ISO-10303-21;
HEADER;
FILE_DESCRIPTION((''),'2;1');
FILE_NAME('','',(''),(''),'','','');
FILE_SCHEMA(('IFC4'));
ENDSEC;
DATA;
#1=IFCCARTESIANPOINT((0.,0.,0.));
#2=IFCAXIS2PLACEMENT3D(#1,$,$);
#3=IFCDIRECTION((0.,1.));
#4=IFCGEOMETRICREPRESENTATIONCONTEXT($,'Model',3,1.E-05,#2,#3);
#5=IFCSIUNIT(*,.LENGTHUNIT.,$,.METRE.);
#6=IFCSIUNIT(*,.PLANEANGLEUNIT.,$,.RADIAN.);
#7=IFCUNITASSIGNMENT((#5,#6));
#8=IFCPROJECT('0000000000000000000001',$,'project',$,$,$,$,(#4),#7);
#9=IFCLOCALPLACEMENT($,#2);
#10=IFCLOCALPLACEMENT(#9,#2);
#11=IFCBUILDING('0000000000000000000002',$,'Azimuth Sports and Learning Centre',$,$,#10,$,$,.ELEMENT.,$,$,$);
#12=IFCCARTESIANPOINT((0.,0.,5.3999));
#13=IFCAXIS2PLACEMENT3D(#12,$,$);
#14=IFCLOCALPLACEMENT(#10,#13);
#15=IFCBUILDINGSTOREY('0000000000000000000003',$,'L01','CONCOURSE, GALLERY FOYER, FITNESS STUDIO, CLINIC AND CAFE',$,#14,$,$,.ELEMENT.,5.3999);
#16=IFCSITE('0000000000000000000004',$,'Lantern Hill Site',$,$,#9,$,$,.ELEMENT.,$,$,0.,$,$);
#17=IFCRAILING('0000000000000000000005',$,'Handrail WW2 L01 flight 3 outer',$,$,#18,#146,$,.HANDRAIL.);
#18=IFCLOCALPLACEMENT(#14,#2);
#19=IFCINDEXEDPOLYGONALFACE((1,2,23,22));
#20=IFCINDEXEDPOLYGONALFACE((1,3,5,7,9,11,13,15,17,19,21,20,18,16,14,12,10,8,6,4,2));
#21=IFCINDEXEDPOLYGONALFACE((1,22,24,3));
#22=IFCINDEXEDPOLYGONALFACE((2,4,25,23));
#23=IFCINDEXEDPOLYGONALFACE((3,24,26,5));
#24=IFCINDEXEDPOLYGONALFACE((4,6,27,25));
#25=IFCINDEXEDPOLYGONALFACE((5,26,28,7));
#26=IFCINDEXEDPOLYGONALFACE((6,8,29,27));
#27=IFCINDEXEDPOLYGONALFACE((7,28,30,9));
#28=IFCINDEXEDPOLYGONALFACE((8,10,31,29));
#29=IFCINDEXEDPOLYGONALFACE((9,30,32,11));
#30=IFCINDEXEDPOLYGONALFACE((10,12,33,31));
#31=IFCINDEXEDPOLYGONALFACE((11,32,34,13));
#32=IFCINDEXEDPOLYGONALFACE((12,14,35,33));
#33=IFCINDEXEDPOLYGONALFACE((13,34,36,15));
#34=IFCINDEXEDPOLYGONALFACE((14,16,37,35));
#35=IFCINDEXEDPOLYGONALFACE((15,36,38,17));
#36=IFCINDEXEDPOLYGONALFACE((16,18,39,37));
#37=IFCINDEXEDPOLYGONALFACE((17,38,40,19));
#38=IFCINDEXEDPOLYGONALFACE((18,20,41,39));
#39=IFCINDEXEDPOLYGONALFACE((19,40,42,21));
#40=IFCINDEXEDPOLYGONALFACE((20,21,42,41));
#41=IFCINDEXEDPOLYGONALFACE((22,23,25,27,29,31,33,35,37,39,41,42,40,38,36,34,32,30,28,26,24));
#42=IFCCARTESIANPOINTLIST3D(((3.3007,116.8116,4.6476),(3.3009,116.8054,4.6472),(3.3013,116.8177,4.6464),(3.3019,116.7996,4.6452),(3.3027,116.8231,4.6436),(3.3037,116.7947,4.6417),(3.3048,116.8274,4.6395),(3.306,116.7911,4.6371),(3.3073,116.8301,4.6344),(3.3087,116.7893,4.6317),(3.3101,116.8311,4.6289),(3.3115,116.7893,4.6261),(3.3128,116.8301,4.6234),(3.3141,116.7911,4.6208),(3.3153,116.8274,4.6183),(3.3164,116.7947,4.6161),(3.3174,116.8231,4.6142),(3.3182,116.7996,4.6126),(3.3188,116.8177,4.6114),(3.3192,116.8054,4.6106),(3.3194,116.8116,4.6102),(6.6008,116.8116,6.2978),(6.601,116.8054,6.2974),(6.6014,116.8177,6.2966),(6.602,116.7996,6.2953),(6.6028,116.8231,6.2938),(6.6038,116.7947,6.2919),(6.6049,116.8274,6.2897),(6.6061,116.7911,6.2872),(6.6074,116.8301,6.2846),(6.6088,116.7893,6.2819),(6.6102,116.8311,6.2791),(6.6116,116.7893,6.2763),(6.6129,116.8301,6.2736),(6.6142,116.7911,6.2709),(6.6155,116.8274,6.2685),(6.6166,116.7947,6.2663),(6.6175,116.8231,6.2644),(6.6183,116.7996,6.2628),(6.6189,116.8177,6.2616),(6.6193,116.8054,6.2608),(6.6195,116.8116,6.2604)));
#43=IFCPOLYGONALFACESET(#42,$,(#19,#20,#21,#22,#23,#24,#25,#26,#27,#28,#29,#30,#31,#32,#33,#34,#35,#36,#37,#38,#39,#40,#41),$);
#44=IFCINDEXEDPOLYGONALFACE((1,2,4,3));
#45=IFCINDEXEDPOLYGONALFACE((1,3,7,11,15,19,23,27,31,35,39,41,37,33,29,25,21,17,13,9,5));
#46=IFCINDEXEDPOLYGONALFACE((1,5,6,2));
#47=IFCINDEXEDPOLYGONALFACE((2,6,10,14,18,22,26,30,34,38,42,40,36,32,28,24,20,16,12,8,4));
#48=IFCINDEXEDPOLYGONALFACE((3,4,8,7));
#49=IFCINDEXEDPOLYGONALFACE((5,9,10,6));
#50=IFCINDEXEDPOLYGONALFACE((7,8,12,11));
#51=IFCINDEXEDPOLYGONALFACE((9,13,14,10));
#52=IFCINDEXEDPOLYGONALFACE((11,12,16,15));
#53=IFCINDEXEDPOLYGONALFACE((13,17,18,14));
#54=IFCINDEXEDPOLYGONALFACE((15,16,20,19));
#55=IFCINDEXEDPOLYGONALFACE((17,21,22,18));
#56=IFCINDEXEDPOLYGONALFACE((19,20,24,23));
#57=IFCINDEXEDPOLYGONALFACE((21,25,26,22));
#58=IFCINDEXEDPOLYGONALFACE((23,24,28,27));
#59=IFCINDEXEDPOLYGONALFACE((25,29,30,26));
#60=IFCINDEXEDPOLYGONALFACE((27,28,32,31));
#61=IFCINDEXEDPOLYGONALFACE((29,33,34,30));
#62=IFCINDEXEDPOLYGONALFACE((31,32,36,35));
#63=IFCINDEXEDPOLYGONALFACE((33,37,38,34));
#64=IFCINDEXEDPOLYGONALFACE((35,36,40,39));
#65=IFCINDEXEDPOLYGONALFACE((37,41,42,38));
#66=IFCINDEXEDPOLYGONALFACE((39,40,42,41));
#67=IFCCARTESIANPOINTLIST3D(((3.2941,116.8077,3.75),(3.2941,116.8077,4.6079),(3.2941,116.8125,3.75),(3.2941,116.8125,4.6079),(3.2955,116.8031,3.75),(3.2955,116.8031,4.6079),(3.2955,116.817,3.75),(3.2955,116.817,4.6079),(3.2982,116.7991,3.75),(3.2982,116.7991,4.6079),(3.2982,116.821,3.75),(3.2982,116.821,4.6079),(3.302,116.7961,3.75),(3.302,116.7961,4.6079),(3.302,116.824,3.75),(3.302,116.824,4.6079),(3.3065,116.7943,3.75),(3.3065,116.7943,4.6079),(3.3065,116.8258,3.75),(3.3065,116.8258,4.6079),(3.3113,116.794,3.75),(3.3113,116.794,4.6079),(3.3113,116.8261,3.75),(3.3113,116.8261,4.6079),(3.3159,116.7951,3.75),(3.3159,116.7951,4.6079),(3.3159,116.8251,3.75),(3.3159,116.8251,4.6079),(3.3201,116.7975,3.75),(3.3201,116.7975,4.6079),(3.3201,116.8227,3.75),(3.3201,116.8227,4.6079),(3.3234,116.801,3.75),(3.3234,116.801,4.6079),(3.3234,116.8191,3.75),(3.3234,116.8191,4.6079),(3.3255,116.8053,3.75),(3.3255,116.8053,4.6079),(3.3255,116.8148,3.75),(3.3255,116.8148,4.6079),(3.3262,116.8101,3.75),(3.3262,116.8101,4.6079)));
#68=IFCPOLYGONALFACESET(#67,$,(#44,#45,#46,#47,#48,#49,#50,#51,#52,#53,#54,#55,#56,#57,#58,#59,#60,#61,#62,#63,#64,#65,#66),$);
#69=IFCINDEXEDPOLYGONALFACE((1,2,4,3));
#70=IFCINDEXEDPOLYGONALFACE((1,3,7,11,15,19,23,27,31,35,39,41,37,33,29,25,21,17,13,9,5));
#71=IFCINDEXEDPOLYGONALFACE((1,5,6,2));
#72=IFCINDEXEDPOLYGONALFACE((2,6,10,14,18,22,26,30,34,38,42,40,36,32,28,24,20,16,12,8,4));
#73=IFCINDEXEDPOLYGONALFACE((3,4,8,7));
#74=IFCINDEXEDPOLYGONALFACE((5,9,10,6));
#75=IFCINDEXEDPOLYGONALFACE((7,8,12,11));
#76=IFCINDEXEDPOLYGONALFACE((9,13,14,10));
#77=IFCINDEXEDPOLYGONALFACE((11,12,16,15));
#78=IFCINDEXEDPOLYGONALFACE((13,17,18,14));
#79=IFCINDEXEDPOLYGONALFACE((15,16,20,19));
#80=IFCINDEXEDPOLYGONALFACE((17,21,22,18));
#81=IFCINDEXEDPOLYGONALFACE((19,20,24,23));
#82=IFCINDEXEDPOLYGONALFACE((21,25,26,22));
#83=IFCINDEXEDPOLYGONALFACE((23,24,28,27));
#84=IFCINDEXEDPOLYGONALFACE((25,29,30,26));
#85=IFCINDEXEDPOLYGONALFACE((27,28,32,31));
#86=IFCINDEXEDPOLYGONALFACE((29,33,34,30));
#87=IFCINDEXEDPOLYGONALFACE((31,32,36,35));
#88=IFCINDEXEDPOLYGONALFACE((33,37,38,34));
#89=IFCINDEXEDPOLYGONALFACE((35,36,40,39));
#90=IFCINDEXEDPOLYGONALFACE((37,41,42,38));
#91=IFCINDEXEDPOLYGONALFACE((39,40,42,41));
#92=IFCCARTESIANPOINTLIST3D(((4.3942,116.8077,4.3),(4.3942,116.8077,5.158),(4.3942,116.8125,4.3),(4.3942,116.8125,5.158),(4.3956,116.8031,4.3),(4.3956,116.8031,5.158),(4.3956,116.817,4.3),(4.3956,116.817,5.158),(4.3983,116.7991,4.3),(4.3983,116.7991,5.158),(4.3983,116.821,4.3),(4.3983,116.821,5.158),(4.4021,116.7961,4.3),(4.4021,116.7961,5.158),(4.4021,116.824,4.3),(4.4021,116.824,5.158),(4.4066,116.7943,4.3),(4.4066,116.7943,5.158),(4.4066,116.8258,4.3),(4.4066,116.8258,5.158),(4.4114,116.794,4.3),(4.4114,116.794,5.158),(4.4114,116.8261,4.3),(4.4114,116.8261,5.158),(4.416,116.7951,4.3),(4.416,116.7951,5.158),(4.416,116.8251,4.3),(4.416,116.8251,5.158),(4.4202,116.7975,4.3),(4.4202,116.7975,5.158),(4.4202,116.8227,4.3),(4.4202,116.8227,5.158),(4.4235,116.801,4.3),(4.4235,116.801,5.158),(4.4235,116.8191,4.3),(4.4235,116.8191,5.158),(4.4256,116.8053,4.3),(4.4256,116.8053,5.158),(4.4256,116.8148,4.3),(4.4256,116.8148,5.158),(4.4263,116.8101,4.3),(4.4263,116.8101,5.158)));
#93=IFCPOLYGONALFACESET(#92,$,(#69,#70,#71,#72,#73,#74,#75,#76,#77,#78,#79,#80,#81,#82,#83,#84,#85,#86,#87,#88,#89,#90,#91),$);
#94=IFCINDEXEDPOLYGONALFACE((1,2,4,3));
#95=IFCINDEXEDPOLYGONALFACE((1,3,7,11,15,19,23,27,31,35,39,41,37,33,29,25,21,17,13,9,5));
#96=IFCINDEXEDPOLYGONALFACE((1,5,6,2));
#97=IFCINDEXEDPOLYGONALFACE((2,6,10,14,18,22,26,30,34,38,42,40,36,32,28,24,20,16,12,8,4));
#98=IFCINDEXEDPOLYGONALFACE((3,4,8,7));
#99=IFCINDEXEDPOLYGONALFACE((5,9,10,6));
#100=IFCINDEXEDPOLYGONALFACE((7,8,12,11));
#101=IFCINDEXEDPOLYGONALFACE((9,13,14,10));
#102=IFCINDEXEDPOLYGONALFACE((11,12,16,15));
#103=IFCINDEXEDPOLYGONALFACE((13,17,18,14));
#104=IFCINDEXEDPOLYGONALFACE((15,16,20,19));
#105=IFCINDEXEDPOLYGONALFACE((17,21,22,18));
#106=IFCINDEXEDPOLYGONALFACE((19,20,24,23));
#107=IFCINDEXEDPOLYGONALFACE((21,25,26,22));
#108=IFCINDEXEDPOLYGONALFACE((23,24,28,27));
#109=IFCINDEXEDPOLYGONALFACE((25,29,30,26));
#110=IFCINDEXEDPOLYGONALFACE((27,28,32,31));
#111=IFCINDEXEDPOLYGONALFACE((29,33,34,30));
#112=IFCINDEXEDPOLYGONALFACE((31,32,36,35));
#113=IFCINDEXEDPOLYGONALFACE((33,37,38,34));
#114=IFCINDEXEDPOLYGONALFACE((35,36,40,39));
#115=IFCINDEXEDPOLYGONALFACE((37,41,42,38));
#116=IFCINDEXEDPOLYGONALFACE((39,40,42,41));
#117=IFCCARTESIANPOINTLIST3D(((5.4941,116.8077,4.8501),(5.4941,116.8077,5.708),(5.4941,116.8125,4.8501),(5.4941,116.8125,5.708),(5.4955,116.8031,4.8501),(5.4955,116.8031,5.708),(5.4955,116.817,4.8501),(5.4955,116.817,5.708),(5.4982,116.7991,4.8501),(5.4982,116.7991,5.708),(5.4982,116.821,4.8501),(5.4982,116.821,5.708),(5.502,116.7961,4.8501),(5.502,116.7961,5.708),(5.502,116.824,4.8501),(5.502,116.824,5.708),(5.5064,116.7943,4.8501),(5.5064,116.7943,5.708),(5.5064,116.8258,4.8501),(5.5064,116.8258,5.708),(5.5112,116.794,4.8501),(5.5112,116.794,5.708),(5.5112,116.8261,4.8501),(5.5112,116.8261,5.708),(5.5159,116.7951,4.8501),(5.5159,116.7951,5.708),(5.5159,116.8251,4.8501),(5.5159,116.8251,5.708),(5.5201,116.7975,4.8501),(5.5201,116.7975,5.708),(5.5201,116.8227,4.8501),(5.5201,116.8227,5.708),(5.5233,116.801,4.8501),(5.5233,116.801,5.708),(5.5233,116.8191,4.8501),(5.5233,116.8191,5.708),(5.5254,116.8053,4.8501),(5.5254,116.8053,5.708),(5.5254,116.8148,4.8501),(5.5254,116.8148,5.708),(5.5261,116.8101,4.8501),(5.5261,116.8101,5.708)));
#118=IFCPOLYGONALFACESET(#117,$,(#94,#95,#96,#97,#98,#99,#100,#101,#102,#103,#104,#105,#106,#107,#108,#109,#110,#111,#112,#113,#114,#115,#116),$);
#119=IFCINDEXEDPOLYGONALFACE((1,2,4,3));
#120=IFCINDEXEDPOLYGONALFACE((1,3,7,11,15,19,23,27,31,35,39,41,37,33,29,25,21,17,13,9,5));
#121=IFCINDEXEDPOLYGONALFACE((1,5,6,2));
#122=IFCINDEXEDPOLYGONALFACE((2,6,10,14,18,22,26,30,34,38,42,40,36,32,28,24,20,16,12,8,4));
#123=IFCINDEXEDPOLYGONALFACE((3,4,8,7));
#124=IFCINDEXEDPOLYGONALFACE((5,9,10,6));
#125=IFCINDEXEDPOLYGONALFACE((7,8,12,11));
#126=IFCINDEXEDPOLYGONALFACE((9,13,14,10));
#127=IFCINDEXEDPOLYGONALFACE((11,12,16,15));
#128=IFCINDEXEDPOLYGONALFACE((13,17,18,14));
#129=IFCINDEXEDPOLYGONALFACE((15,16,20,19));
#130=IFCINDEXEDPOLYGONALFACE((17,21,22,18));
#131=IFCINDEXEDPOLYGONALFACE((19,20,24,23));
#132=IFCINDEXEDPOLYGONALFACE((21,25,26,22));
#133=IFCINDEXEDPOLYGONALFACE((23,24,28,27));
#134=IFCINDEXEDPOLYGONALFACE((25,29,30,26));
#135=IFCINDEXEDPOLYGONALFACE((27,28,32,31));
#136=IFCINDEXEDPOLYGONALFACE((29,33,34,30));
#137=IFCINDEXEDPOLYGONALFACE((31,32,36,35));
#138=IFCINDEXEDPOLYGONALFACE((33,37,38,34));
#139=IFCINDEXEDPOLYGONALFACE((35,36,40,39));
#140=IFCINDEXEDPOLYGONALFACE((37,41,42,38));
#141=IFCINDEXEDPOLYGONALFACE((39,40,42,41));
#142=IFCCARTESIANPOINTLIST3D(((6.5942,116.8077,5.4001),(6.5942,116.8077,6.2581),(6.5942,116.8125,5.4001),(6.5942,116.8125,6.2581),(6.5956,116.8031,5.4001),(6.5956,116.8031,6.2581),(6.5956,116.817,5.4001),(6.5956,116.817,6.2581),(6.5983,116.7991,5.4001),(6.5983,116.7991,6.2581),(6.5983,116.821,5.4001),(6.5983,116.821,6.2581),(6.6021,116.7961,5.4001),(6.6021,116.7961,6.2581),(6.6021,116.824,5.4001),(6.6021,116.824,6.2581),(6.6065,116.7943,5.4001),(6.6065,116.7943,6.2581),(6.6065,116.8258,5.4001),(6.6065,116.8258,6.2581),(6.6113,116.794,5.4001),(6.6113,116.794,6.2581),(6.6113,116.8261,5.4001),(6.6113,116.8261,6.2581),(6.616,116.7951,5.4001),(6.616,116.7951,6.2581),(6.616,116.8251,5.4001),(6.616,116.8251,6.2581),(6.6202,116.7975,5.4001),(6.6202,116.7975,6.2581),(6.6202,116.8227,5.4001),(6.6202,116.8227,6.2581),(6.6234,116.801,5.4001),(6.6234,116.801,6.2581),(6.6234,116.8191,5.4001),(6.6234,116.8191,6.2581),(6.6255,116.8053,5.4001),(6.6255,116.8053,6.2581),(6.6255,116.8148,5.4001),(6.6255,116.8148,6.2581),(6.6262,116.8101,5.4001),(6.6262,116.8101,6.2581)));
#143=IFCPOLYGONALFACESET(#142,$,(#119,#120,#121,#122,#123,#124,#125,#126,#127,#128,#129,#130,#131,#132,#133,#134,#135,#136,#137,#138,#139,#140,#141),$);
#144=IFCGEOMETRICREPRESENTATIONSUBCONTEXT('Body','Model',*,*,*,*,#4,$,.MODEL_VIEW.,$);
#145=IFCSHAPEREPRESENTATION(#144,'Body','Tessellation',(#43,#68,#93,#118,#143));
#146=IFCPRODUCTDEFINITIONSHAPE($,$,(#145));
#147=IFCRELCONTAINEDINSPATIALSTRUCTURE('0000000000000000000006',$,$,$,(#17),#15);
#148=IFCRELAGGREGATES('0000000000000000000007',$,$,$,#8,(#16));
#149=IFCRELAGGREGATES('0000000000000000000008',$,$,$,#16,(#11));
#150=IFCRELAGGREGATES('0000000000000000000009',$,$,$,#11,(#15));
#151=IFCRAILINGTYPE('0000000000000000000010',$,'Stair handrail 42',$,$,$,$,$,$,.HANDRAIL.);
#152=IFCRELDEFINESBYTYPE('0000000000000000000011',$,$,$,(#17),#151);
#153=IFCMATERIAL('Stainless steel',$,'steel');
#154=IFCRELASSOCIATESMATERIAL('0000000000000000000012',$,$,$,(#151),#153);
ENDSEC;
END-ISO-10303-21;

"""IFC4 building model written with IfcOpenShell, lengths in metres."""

from ifc_helpers import new_model, si_unit, direction, frame, origin, origin_2d, place, context, subcontext, project, spatial, circle, extrude, material, type_object, element, save


model = new_model("IFC4")

# Units and contexts
model_context = context("Model", 3, precision=1e-05, world=origin(), true_north=direction((0.0, 1.0)))
body_context = subcontext(model_context, "Body", "Model", "MODEL_VIEW")
ifc_project = project(units=[si_unit("LENGTHUNIT", "METRE"), si_unit("PLANEANGLEUNIT", "RADIAN")], contexts=[model_context])

# Site, building, storey
site_placement = place(None, origin())
site = spatial("IfcSite", under=ifc_project, at=site_placement, Name="Lantern Hill Site", CompositionType="ELEMENT", RefElevation=0.0)
building_placement = place(site_placement, origin())
building = spatial("IfcBuilding", under=site, at=building_placement, Name="Azimuth Sports and Learning Centre", CompositionType="ELEMENT")
storey_placement = place(building_placement, frame((0.0, 0.0, 5.3999)))
storey = spatial("IfcBuildingStorey", under=building, at=storey_placement, Name="L01", Description="CONCOURSE, GALLERY FOYER, FITNESS STUDIO, CLINIC AND CAFE", CompositionType="ELEMENT", Elevation=5.3999)

# Railing
ifc_material_1 = material(Name="Stainless steel", Category="steel")
railing_type_1 = type_object("IfcRailingType", Name="Stair handrail 42", PredefinedType="HANDRAIL", material=ifc_material_1)
for number, where, name in (
    (1, (3.3101, 116.8101, 3.75), "Handrail WW2 L01 flight 3 outer"),
):
    element("IfcRailing", number, at=place(storey_placement, frame(where)), inside=storey, type_object=railing_type_1, Name=name, PredefinedType="HANDRAIL", context=body_context, shape_type="SweptSolid", body=[
        extrude(circle(Radius=0.021, at=origin_2d()), frame((0.0, 0.0, 0.8789), z_axis=(0.894414, 0.0, 0.44724), x_axis=(0.0, 1.0, 0.0)), (0.0, 0.0, 1.0), 3.6897),
        extrude(circle(Radius=0.0161, at=origin_2d()), origin(), (0.0, 0.0, 1.0), 0.8579),
        extrude(circle(Radius=0.0161, at=origin_2d()), frame((1.1001, 0.0, 0.55)), (0.0, 0.0, 1.0), 0.8579),
        extrude(circle(Radius=0.0161, at=origin_2d()), frame((2.2, 0.0, 1.1001)), (0.0, 0.0, 1.0), 0.8579),
        extrude(circle(Radius=0.0161, at=origin_2d()), frame((3.3, 0.0, 1.6501)), (0.0, 0.0, 1.0), 0.8579),
    ])

save(model, "model.ifc")
